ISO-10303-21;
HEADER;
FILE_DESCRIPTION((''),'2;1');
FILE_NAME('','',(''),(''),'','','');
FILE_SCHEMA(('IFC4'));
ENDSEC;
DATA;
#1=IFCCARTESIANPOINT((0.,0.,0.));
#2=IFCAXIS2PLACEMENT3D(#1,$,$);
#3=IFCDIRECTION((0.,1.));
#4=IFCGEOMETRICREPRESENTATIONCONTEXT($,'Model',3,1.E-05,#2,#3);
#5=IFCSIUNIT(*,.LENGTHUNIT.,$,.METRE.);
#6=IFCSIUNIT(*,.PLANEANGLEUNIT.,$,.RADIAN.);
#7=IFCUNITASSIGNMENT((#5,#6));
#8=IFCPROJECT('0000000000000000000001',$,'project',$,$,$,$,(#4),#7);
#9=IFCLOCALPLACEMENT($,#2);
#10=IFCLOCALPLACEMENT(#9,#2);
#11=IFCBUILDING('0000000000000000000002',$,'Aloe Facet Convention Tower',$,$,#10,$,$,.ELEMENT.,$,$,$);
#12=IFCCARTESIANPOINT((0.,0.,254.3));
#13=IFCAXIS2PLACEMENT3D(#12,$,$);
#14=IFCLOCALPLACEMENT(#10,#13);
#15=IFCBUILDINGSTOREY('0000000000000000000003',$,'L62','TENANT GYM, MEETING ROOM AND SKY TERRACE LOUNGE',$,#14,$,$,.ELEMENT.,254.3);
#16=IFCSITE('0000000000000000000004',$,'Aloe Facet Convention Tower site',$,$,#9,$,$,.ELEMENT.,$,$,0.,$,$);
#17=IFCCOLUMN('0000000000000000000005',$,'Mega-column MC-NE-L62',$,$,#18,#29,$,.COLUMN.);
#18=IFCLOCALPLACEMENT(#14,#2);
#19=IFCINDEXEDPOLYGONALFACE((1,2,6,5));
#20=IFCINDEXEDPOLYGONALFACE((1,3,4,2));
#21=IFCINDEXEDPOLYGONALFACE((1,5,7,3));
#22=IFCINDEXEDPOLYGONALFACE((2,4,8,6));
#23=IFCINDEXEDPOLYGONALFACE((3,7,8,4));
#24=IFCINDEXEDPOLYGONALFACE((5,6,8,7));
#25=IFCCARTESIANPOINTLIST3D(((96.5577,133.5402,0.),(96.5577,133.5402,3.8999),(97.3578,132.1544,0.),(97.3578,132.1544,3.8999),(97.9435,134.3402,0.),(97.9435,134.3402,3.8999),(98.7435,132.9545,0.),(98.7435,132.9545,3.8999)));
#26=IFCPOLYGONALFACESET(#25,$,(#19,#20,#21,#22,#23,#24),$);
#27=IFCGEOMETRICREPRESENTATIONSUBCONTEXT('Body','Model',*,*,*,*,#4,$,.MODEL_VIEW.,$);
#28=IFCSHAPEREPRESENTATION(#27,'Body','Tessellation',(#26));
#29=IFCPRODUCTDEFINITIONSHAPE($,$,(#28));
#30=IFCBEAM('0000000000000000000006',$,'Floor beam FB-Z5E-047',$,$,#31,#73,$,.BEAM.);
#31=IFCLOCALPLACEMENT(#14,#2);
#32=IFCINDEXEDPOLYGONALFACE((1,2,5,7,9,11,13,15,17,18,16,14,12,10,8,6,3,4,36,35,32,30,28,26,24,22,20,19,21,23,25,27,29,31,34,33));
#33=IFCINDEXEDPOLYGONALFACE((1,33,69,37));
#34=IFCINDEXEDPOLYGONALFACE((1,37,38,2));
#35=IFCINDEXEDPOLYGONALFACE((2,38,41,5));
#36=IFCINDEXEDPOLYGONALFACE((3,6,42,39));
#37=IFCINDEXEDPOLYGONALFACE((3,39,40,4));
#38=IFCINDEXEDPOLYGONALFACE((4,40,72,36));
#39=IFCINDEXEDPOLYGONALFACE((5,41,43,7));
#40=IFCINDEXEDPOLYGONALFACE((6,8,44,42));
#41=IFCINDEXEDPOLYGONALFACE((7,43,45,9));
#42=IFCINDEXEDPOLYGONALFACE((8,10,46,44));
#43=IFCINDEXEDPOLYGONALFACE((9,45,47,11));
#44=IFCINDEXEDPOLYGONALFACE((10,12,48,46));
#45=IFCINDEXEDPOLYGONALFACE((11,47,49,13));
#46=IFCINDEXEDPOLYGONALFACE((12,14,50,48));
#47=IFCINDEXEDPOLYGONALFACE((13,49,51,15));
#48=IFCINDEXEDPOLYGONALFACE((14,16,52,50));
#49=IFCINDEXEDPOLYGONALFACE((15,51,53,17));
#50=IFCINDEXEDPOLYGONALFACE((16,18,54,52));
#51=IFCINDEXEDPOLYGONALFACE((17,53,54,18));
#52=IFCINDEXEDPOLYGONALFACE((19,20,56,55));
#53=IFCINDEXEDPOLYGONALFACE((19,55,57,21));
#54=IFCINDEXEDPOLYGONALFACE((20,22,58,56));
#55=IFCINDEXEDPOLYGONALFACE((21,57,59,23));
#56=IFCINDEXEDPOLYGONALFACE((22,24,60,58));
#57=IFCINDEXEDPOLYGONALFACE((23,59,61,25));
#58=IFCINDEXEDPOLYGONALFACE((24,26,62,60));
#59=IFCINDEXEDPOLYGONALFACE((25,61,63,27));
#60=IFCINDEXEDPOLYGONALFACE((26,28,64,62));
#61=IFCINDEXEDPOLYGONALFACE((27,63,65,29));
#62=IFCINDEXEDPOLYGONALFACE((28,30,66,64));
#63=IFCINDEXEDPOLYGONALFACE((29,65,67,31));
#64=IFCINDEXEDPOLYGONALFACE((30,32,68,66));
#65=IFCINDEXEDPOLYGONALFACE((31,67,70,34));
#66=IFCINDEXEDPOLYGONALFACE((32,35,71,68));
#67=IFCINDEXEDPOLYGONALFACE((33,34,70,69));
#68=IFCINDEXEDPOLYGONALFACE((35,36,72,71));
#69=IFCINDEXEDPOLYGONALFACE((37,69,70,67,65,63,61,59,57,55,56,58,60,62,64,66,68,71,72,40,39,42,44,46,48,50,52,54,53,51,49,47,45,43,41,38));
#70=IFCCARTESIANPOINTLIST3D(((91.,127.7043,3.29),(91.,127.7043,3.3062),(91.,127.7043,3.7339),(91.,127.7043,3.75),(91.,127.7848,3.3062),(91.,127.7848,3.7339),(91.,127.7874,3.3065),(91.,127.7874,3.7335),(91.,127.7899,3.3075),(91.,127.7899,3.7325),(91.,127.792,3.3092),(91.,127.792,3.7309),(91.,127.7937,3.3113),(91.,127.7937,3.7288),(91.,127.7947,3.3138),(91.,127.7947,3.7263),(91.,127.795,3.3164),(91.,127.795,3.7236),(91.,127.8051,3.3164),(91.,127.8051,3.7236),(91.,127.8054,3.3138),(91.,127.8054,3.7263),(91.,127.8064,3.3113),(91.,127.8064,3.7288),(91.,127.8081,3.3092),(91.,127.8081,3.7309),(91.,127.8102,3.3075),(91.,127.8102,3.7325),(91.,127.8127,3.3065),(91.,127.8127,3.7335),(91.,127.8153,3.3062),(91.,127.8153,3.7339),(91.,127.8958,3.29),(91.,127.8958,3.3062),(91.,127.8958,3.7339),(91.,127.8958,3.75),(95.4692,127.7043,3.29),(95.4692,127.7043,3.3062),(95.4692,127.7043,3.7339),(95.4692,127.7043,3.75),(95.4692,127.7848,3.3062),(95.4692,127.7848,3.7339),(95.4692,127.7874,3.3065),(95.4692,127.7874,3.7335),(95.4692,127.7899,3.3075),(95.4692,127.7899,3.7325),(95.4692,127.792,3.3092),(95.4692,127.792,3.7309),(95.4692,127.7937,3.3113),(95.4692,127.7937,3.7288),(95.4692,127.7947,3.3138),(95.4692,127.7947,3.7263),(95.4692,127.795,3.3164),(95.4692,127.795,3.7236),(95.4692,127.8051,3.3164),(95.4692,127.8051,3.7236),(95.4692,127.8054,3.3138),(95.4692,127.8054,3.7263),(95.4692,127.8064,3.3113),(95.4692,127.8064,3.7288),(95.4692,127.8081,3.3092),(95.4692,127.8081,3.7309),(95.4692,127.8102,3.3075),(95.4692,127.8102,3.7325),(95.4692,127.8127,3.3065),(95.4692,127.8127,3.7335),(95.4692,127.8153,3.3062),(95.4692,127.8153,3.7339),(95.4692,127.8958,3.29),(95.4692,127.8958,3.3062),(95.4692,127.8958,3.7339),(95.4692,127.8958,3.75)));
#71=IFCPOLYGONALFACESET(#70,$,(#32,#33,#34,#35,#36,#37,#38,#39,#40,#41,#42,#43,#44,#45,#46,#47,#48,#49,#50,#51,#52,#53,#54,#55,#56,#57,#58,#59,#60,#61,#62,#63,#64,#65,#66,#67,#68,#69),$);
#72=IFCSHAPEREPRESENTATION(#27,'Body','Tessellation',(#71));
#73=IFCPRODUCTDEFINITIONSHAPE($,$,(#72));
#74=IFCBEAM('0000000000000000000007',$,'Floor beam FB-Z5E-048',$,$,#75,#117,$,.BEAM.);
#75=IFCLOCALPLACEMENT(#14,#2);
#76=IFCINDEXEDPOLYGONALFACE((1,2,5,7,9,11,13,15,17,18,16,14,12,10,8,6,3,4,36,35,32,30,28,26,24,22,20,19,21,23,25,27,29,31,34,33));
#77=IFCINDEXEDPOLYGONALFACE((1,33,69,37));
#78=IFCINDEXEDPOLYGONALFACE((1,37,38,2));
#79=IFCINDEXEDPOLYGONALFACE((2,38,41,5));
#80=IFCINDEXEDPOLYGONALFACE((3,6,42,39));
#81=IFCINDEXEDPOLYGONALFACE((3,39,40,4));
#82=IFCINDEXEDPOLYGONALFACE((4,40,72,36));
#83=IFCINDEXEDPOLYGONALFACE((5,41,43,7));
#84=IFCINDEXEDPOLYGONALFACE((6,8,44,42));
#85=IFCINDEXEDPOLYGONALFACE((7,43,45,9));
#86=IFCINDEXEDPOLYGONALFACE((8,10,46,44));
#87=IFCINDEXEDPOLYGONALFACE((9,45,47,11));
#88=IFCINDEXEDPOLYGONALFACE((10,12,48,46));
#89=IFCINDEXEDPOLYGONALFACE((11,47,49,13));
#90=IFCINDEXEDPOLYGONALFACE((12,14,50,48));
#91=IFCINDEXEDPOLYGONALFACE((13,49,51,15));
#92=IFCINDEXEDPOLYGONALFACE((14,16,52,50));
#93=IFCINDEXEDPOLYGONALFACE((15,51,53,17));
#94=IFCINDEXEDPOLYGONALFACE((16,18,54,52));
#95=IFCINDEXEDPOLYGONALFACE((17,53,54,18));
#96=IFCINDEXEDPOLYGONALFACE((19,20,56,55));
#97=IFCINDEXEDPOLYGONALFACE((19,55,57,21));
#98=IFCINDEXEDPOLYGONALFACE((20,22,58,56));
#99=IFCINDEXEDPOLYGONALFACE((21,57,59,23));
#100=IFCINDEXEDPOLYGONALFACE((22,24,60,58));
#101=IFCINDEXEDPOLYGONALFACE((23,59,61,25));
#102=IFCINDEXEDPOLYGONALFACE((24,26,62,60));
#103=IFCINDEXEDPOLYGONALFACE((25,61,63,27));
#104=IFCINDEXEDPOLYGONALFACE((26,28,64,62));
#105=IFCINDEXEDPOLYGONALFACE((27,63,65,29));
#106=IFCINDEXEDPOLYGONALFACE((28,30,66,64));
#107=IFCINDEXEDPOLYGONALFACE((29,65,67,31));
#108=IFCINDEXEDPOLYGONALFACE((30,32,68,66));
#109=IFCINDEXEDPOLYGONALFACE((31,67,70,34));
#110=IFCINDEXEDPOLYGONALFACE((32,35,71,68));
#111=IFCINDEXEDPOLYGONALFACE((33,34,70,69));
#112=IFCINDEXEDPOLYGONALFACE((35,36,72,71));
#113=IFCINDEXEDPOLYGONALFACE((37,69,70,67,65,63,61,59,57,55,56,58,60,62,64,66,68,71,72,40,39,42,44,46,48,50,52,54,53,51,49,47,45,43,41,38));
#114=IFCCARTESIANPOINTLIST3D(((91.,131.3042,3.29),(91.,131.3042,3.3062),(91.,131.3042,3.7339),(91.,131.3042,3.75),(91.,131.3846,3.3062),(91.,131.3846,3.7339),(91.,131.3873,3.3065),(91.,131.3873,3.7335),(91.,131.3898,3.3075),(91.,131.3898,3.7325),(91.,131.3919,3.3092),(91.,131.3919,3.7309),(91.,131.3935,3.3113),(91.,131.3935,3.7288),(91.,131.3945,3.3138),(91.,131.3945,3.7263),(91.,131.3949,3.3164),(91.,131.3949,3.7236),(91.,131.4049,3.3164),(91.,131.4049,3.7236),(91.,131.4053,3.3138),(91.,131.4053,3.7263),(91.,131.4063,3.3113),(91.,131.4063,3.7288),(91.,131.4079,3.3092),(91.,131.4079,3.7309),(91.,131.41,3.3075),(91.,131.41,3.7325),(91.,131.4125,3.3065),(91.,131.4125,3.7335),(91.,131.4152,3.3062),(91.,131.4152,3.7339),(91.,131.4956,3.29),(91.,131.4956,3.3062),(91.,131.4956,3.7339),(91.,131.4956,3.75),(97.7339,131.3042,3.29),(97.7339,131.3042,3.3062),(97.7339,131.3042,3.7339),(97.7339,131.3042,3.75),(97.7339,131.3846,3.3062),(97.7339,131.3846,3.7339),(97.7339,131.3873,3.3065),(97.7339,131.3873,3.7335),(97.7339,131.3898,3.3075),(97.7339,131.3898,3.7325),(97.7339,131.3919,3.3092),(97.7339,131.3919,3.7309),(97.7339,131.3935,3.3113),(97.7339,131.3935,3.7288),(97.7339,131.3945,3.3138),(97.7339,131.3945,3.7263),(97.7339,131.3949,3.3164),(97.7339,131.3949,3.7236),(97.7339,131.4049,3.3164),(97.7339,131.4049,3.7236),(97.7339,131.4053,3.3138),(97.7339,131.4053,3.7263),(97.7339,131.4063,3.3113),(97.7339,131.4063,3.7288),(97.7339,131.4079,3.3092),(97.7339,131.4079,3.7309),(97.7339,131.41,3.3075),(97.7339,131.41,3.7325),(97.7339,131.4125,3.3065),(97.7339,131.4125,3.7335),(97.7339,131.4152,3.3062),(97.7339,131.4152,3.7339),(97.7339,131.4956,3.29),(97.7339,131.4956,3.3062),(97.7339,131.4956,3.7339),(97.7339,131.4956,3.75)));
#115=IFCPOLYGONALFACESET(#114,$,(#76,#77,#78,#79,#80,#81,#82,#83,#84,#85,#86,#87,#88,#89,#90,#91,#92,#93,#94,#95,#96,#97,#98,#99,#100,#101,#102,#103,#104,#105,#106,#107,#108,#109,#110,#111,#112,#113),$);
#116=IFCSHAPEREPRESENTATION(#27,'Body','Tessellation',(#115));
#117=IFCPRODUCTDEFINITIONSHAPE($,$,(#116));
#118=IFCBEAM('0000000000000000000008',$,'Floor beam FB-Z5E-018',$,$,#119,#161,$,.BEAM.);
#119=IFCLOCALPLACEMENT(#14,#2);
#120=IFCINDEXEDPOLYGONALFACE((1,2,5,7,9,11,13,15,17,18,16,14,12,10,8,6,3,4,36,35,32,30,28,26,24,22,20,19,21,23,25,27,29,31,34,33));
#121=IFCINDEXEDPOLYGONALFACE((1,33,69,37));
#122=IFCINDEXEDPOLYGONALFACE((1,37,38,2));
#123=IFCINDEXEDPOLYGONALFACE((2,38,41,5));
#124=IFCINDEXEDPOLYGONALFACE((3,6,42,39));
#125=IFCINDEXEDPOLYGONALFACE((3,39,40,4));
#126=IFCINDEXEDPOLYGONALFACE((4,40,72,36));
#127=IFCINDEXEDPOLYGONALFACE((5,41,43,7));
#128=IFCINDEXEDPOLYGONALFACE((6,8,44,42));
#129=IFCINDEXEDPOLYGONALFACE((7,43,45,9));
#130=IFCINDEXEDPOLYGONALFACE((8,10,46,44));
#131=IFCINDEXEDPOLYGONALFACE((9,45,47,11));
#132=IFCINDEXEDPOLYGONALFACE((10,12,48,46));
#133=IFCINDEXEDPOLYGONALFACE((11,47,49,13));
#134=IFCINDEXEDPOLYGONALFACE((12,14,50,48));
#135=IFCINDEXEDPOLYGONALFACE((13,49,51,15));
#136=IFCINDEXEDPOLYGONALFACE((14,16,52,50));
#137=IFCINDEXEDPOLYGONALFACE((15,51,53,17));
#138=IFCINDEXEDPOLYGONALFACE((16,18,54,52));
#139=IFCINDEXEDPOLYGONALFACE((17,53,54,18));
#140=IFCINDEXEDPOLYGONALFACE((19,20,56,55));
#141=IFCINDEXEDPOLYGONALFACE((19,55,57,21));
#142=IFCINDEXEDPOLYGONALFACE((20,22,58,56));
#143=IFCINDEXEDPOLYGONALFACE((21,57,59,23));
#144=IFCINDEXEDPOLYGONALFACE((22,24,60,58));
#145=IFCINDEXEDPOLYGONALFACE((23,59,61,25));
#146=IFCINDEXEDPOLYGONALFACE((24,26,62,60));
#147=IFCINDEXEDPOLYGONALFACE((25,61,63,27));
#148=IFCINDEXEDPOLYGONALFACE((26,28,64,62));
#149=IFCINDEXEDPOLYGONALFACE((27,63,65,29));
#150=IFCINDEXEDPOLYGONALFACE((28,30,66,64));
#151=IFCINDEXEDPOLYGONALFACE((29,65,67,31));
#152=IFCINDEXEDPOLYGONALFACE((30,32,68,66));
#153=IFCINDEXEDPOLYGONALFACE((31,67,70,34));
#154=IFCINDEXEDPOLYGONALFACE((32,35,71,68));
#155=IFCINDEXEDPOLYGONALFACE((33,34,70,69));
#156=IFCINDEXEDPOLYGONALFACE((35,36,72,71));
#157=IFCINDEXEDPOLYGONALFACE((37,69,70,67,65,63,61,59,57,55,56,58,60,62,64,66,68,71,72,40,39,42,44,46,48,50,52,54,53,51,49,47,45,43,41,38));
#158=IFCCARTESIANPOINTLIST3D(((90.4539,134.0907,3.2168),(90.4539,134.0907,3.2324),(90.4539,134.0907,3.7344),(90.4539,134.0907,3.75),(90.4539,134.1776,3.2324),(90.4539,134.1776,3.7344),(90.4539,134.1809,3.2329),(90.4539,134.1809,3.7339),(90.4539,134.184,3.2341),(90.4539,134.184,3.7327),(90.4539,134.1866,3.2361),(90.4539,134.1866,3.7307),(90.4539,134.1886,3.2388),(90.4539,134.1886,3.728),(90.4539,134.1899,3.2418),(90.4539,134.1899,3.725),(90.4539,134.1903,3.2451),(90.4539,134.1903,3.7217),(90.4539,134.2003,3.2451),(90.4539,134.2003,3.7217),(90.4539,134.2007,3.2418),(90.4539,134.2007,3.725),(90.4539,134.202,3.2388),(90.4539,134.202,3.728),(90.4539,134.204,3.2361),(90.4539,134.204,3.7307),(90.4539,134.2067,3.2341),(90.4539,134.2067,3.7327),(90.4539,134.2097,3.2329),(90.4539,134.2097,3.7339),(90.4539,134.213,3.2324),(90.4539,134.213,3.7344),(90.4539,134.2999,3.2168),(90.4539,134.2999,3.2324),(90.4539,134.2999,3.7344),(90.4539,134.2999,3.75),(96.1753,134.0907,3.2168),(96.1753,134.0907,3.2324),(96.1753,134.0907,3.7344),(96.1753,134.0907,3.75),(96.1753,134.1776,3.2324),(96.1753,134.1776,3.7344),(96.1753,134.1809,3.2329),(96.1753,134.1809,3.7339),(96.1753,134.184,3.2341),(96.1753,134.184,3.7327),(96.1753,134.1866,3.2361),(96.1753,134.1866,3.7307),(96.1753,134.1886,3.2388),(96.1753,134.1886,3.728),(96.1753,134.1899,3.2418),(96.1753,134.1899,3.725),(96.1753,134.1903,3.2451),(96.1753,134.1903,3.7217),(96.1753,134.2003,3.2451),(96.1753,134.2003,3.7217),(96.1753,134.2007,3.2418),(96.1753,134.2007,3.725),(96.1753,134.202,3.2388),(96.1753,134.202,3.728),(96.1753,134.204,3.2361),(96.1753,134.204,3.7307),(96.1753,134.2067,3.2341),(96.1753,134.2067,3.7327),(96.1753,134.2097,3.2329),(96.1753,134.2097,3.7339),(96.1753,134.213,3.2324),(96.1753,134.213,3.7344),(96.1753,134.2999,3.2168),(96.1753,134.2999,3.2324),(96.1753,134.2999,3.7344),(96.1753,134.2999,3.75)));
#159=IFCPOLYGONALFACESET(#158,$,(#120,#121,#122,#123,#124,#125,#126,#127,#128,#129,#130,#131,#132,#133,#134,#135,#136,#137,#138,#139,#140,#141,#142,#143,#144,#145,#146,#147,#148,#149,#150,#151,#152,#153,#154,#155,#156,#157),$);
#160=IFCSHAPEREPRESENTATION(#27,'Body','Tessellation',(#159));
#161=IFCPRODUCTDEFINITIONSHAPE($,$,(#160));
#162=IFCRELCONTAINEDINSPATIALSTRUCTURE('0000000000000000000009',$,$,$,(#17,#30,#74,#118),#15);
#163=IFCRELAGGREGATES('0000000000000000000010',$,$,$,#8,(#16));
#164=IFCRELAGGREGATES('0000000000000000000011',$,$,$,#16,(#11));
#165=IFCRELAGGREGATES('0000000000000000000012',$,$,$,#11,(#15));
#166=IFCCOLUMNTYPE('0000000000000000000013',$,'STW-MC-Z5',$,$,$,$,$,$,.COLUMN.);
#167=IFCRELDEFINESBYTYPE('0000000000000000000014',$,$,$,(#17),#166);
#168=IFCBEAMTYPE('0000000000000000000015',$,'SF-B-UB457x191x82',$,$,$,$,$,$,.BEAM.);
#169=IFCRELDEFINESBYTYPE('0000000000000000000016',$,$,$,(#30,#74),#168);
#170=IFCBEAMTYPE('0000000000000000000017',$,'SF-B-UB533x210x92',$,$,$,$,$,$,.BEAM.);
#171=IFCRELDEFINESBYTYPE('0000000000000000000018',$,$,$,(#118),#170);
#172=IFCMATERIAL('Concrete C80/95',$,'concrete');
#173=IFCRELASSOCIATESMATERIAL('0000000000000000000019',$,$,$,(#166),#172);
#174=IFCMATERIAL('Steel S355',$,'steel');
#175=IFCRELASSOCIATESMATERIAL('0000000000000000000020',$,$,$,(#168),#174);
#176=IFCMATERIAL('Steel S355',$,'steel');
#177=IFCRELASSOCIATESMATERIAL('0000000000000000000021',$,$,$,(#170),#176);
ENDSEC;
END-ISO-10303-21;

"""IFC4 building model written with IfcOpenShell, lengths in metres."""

from ifc_helpers import new_model, si_unit, direction, frame, origin, origin_2d, place, context, subcontext, project, spatial, rectangle, i_section, extrude, material, material_profile, profile_set, type_object, element, save


model = new_model("IFC4")

# Units and contexts
model_context = context("Model", 3, precision=1e-05, world=origin(), true_north=direction((0.0, 1.0)))
body_context = subcontext(model_context, "Body", "Model", "MODEL_VIEW")
ifc_project = project(units=[si_unit("LENGTHUNIT", "METRE"), si_unit("PLANEANGLEUNIT", "RADIAN")], contexts=[model_context])

# Site, building, storey
site_placement = place(None, origin())
site = spatial("IfcSite", under=ifc_project, at=site_placement, Name="Aloe Facet Convention Tower site", CompositionType="ELEMENT", RefElevation=0.0)
building_placement = place(site_placement, origin())
building = spatial("IfcBuilding", under=site, at=building_placement, Name="Aloe Facet Convention Tower", CompositionType="ELEMENT")
storey_placement = place(building_placement, frame((0.0, 0.0, 254.3)))
storey = spatial("IfcBuildingStorey", under=building, at=storey_placement, Name="L62", Description="TENANT GYM, MEETING ROOM AND SKY TERRACE LOUNGE", CompositionType="ELEMENT", Elevation=254.3)

# Column
ifc_material_1 = material(Name="Concrete C80/95", Category="concrete")
ifc_material_profile_1 = material_profile(ifc_material_1, rectangle(XDim=1.6001, YDim=1.6001, at=origin_2d()), Name="STW-MC-Z5")
ifc_profile_set_1 = profile_set([ifc_material_profile_1], Name="Concrete C80/95")
column_type = type_object("IfcColumnType", Name="STW-MC-Z5", PredefinedType="COLUMN", material=ifc_profile_set_1)
column_placement = place(storey_placement, frame((97.6506, 133.2473, 0.0), z_axis=(0.0, 0.0, 1.0), x_axis=(-0.5, 0.866025, 0.0)))
element("IfcColumn", 1, at=column_placement, inside=storey, type_object=column_type, Name="Mega-column MC-NE-L62", PredefinedType="COLUMN", context=body_context, shape_type="SweptSolid", body=[
    extrude(rectangle(XDim=1.6001, YDim=1.6001, at=origin_2d()), origin(), (0.0, 0.0, 1.0), 3.8999),
])

# Beams
ifc_material_2 = material(Name="Steel S355", Category="steel")
ifc_material_profile_2 = material_profile(ifc_material_2, i_section(OverallWidth=0.1914, OverallDepth=0.46, WebThickness=0.01, FlangeThickness=0.0161, FilletRadius=0.0103, at=origin_2d()), Name="UB 457x191x82")
ifc_profile_set_2 = profile_set([ifc_material_profile_2], Name="Steel S355")
beam_type_1 = type_object("IfcBeamType", Name="SF-B-UB457x191x82", PredefinedType="BEAM", material=ifc_profile_set_2)
beam_1_placement = place(storey_placement, frame((91.0, 127.8, 3.52), z_axis=(1.0, 0.0, 0.0), x_axis=(0.0, 1.0, 0.0)))
element("IfcBeam", 2, at=beam_1_placement, inside=storey, type_object=beam_type_1, Name="Floor beam FB-Z5E-047", PredefinedType="BEAM", context=body_context, shape_type="SweptSolid", body=[
    extrude(i_section(OverallWidth=0.1914, OverallDepth=0.46, WebThickness=0.01, FlangeThickness=0.0161, FilletRadius=0.0103, at=origin_2d()), origin(), (0.0, 0.0, 1.0), 4.4692),
])
beam_2_placement = place(storey_placement, frame((91.0, 131.3999, 3.52), z_axis=(1.0, 0.0, 0.0), x_axis=(0.0, 1.0, 0.0)))
element("IfcBeam", 3, at=beam_2_placement, inside=storey, type_object=beam_type_1, Name="Floor beam FB-Z5E-048", PredefinedType="BEAM", context=body_context, shape_type="SweptSolid", body=[
    extrude(i_section(OverallWidth=0.1914, OverallDepth=0.46, WebThickness=0.01, FlangeThickness=0.0161, FilletRadius=0.0103, at=origin_2d()), origin(), (0.0, 0.0, 1.0), 6.7339),
])
ifc_material_3 = material(Name="Steel S355", Category="steel")
ifc_material_profile_3 = material_profile(ifc_material_3, i_section(OverallWidth=0.2092, OverallDepth=0.5332, WebThickness=0.01, FlangeThickness=0.0156, FilletRadius=0.0127, at=origin_2d()), Name="UB 533x210x92")
ifc_profile_set_3 = profile_set([ifc_material_profile_3], Name="Steel S355")
beam_type_2 = type_object("IfcBeamType", Name="SF-B-UB533x210x92", PredefinedType="BEAM", material=ifc_profile_set_3)
beam_3_placement = place(storey_placement, frame((90.4539, 134.1953, 3.4834), z_axis=(1.0, 0.0, 0.0), x_axis=(0.0, 1.0, 0.0)))
element("IfcBeam", 4, at=beam_3_placement, inside=storey, type_object=beam_type_2, Name="Floor beam FB-Z5E-018", PredefinedType="BEAM", context=body_context, shape_type="SweptSolid", body=[
    extrude(i_section(OverallWidth=0.2092, OverallDepth=0.5332, WebThickness=0.01, FlangeThickness=0.0156, FilletRadius=0.0127, at=origin_2d()), origin(), (0.0, 0.0, 1.0), 5.7214),
])

save(model, "model.ifc")
